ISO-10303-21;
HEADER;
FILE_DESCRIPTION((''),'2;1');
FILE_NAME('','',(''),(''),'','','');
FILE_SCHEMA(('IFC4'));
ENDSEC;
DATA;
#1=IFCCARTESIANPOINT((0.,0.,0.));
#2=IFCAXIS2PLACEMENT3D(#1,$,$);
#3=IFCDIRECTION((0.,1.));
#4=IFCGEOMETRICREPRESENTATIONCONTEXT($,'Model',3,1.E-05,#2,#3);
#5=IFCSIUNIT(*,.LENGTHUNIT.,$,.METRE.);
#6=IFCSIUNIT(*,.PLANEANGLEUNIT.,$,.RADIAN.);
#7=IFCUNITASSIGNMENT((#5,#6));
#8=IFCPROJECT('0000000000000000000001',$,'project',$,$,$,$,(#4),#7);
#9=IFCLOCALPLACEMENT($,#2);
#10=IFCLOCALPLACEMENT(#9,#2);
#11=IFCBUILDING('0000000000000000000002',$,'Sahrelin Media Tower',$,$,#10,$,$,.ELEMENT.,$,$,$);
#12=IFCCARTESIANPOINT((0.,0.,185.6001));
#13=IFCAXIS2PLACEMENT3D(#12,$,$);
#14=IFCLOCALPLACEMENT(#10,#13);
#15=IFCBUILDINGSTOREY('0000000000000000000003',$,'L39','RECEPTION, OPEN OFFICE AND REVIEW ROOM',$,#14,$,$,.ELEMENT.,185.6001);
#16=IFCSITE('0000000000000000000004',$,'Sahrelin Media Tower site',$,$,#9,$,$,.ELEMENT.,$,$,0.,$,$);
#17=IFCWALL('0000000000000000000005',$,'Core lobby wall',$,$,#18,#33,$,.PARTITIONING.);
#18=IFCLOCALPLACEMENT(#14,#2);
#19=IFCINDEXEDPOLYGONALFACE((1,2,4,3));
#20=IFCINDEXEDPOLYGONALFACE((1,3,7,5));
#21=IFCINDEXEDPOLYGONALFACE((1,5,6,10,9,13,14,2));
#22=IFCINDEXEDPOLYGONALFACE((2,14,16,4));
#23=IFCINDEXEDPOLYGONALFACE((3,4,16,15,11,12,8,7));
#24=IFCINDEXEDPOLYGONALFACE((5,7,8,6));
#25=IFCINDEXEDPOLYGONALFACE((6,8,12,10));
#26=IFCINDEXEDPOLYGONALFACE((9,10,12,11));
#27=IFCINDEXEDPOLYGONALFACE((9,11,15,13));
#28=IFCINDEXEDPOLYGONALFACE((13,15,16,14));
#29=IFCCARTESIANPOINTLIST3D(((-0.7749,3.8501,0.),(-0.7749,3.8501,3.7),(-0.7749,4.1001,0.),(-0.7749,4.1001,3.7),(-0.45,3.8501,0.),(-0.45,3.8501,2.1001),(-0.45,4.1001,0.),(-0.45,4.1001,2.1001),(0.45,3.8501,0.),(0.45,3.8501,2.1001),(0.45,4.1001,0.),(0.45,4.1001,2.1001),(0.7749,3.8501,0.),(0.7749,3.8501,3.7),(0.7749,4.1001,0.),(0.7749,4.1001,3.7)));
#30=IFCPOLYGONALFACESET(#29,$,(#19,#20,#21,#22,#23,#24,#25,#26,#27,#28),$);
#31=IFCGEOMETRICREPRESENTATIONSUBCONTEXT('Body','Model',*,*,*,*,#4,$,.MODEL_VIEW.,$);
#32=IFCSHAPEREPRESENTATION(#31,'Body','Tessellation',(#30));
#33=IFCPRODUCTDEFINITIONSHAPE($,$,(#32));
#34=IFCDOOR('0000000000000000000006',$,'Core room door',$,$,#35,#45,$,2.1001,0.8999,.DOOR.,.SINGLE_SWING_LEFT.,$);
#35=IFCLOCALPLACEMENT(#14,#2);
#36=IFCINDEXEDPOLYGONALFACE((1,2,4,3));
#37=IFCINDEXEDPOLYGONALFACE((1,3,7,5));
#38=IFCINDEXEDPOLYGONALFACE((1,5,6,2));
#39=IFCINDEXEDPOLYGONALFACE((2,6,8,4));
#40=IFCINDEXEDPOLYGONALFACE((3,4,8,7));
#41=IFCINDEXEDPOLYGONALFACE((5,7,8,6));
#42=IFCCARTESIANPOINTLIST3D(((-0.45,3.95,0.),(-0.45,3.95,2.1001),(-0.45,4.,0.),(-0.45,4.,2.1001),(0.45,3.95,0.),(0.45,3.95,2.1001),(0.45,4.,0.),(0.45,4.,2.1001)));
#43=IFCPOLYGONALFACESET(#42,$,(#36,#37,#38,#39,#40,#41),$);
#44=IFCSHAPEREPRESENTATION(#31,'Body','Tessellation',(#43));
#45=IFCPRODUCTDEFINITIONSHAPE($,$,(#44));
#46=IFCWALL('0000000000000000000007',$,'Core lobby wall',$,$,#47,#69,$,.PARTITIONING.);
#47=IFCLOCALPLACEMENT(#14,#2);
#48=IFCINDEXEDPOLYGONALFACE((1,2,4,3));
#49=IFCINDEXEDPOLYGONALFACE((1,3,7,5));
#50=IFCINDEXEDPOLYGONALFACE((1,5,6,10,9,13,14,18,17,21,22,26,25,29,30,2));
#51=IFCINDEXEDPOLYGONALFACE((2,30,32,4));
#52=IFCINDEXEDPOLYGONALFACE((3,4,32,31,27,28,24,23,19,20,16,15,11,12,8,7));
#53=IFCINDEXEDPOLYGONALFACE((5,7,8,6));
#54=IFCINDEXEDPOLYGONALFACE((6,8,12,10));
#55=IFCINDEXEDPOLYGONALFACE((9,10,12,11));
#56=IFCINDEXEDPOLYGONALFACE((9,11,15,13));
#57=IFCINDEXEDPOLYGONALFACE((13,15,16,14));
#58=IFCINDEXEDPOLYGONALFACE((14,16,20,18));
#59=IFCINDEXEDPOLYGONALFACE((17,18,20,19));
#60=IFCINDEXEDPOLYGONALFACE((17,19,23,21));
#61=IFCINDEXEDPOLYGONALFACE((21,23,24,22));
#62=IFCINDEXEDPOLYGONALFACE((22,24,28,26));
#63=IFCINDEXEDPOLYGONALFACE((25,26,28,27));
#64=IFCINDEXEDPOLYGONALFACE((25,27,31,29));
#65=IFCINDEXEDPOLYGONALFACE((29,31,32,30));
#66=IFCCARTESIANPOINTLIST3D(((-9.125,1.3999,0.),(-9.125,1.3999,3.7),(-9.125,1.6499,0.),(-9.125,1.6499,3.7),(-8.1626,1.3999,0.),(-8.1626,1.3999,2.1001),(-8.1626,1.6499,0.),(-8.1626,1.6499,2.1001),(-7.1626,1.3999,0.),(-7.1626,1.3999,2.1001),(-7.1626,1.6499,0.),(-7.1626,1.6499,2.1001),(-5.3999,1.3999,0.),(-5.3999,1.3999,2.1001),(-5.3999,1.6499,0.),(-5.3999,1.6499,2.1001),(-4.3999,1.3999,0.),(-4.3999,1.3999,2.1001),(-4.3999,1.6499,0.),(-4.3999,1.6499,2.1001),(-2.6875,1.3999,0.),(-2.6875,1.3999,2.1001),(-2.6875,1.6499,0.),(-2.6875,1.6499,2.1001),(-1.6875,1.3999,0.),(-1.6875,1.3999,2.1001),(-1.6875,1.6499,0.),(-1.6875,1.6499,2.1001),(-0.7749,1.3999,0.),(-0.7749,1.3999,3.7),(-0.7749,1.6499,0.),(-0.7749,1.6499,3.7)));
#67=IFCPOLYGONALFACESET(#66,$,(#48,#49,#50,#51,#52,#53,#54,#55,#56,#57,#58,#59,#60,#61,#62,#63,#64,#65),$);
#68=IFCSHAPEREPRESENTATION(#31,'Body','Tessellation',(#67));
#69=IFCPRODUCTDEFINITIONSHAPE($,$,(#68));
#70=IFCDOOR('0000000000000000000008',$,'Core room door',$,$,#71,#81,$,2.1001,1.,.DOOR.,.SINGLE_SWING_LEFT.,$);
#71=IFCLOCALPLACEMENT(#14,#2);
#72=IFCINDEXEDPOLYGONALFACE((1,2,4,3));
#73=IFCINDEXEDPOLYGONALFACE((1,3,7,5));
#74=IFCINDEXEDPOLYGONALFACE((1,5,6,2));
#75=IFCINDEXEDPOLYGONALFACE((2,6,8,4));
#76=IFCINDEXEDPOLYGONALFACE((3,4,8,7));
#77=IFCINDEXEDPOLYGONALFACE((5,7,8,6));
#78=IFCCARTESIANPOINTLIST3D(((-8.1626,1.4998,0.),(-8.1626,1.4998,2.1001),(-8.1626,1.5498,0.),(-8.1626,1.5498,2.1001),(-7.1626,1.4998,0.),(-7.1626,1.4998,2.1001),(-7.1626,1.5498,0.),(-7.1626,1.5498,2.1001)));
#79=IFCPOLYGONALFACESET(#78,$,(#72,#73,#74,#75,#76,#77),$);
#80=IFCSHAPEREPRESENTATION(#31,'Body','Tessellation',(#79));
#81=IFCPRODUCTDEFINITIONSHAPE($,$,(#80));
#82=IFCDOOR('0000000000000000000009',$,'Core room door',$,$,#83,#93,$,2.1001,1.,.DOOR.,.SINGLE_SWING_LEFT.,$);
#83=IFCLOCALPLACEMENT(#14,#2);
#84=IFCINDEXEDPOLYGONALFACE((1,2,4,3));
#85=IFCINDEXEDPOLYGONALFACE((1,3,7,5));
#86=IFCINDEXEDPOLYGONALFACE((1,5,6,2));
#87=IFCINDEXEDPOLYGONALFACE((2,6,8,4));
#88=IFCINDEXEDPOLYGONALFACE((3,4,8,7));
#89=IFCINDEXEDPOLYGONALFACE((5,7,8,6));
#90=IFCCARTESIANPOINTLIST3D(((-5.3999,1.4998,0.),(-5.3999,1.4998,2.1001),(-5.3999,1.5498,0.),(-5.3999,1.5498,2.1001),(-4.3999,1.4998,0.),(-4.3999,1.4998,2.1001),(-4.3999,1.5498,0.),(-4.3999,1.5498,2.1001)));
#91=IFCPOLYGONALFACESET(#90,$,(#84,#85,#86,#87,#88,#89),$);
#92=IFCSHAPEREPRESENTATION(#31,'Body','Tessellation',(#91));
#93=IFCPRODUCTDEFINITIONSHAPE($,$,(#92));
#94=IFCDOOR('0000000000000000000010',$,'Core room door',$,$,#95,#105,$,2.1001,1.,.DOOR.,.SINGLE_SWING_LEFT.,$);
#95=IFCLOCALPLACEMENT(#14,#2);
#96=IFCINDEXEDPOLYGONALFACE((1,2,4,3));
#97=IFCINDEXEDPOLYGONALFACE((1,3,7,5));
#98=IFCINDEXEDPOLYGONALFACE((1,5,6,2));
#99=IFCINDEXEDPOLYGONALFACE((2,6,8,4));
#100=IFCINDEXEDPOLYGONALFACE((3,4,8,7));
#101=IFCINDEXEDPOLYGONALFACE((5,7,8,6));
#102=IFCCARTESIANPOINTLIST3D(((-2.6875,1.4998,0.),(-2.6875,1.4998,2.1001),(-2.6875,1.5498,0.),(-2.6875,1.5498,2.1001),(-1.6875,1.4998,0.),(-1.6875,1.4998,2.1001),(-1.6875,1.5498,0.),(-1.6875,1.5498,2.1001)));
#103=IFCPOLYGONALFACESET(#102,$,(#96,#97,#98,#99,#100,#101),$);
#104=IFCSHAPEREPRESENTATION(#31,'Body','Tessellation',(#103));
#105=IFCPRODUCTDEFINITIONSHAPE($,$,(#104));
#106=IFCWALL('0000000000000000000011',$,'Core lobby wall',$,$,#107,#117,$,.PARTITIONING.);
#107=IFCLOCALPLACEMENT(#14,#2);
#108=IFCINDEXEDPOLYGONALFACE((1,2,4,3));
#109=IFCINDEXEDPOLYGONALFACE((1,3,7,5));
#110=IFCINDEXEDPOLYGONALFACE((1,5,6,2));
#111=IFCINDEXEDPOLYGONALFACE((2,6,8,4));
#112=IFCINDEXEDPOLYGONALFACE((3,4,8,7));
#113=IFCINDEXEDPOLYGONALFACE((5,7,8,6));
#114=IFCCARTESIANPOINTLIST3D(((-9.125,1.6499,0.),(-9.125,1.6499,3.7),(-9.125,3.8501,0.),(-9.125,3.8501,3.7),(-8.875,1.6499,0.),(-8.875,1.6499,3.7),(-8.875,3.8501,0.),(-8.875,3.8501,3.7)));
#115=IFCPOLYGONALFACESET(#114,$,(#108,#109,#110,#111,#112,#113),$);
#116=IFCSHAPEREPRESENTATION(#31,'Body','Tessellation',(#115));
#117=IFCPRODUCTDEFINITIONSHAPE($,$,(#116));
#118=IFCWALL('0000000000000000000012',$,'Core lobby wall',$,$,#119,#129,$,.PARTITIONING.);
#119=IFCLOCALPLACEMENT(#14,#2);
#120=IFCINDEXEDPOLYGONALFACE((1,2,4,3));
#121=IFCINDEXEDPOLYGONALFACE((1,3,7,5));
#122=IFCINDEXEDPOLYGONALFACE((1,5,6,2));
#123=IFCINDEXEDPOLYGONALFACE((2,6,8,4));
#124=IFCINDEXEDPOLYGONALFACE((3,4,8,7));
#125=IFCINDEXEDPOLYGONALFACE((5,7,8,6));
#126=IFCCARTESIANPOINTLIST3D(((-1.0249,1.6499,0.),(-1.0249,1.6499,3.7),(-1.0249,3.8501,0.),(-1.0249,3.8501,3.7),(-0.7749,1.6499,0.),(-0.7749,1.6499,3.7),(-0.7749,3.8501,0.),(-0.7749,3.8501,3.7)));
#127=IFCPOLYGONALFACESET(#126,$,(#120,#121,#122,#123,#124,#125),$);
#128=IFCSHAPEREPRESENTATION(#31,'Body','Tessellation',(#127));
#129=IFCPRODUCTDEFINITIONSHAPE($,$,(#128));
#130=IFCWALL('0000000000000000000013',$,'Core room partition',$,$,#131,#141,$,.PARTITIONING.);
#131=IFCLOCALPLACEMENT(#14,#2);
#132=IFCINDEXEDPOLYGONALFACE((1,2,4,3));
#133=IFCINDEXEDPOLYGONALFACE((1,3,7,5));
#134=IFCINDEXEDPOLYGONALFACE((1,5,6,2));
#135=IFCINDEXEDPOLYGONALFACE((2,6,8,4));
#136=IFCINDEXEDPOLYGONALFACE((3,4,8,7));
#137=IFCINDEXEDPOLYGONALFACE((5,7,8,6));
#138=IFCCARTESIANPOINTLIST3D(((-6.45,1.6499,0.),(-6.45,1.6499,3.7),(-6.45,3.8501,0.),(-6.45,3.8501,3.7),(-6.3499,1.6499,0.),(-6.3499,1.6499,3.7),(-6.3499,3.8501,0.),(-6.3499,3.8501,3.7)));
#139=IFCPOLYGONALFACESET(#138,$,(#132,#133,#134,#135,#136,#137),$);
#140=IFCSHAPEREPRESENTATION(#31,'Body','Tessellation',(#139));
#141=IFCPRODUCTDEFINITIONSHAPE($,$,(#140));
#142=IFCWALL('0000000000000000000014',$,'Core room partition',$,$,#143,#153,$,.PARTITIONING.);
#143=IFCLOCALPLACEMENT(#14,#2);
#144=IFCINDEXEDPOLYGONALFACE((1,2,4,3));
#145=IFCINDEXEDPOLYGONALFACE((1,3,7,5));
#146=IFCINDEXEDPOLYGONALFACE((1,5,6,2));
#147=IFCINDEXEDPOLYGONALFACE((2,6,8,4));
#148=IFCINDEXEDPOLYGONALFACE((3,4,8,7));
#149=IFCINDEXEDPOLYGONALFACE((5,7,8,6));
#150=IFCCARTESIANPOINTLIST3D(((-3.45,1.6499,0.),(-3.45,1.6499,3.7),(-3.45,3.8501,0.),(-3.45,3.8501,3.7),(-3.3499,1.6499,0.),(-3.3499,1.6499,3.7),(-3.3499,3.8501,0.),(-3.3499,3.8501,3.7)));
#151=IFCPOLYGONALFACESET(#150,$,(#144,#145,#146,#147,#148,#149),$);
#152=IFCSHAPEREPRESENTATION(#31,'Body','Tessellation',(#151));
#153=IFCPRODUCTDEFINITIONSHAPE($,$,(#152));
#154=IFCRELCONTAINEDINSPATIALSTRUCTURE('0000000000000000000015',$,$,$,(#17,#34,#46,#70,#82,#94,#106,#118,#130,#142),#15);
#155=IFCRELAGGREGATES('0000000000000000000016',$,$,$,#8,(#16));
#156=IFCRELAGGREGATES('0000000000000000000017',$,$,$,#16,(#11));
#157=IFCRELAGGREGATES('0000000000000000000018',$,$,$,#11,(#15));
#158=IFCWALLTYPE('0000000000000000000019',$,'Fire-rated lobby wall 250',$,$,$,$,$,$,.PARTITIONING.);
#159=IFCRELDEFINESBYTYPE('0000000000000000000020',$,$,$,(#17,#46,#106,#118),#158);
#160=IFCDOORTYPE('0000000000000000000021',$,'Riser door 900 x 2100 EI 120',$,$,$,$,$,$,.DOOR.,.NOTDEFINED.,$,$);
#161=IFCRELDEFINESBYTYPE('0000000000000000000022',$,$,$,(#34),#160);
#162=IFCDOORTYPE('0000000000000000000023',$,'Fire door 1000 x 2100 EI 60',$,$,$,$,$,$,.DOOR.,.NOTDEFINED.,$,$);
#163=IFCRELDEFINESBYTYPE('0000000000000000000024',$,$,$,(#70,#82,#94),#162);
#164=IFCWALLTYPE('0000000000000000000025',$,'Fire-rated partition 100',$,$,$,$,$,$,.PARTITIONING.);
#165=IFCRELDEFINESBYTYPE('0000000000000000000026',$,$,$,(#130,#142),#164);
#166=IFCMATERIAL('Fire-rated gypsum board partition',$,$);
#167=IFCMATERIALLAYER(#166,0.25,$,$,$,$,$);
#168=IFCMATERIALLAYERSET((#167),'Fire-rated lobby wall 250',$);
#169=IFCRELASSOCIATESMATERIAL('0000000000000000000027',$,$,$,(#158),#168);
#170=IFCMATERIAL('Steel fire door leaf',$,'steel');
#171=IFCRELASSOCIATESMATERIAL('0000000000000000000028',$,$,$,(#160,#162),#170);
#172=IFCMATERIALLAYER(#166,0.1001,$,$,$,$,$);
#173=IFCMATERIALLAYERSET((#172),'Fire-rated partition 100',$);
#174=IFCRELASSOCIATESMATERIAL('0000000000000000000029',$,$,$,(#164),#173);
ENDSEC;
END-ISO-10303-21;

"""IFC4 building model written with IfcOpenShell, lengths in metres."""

from ifc_helpers import new_model, si_unit, direction, frame, frame_2d, origin, place, context, subcontext, project, spatial, rectangle, extrude, material, layer, layer_set, type_object, element, fill, save


model = new_model("IFC4")

# Units and contexts
model_context = context("Model", 3, precision=1e-05, world=origin(), true_north=direction((0.0, 1.0)))
body_context = subcontext(model_context, "Body", "Model", "MODEL_VIEW")
ifc_project = project(units=[si_unit("LENGTHUNIT", "METRE"), si_unit("PLANEANGLEUNIT", "RADIAN")], contexts=[model_context])

# Site, building, storey
site_placement = place(None, origin())
site = spatial("IfcSite", under=ifc_project, at=site_placement, Name="Sahrelin Media Tower site", CompositionType="ELEMENT", RefElevation=0.0)
building_placement = place(site_placement, origin())
building = spatial("IfcBuilding", under=site, at=building_placement, Name="Sahrelin Media Tower", CompositionType="ELEMENT")
storey_placement = place(building_placement, frame((0.0, 0.0, 185.6001)))
storey = spatial("IfcBuildingStorey", under=building, at=storey_placement, Name="L39", Description="RECEPTION, OPEN OFFICE AND REVIEW ROOM", CompositionType="ELEMENT", Elevation=185.6001)

# Wall, opening, door
ifc_material_1 = material(Name="Fire-rated gypsum board partition")
ifc_layer_1 = layer(ifc_material_1, 0.25)
ifc_layer_set_1 = layer_set([ifc_layer_1], Name="Fire-rated lobby wall 250")
wall_type_1 = type_object("IfcWallType", Name="Fire-rated lobby wall 250", PredefinedType="PARTITIONING", material=ifc_layer_set_1)
wall_1_placement = place(storey_placement, frame((-0.7749, 3.9751, 0.0), z_axis=(0.0, 0.0, 1.0), x_axis=(1.0, 0.0, 0.0)))
wall_1 = element("IfcWall", 1, at=wall_1_placement, inside=storey, type_object=wall_type_1, Name="Core lobby wall", PredefinedType="PARTITIONING", context=body_context, shape_type="SweptSolid", body=[
    extrude(rectangle(XDim=1.5498, YDim=0.25, at=frame_2d((0.7749, 0.0))), origin(), (0.0, 0.0, 1.0), 3.7),
])
opening_1_placement = place(wall_1_placement, frame((0.325, 0.0, 0.0)))
opening_1 = element("IfcOpeningElement", 2, at=opening_1_placement, cuts=wall_1, PredefinedType="OPENING", context=body_context, shape_type="SweptSolid", body=[
    extrude(rectangle(XDim=0.8999, YDim=2.1001, at=frame_2d((0.45, 1.05))), frame((0.0, 0.125, 0.0), z_axis=(0.0, -1.0, 0.0), x_axis=(1.0, 0.0, 0.0)), (0.0, 0.0, 1.0), 0.25),
])
ifc_material_2 = material(Name="Steel fire door leaf", Category="steel")
door_type_1 = type_object("IfcDoorType", Name="Riser door 900 x 2100 EI 120", OperationType="NOTDEFINED", PredefinedType="DOOR", material=ifc_material_2)
door_1_placement = place(opening_1_placement, origin())
door_1 = element("IfcDoor", 3, at=door_1_placement, inside=storey, type_object=door_type_1, Name="Core room door", OperationType="SINGLE_SWING_LEFT", OverallHeight=2.1001, OverallWidth=0.8999, PredefinedType="DOOR", context=body_context, shape_type="SweptSolid", body=[
    extrude(rectangle(XDim=0.8999, YDim=2.1001, at=frame_2d((0.45, 1.05))), frame((0.0, 0.0249, 0.0), z_axis=(0.0, -1.0, 0.0), x_axis=(1.0, 0.0, 0.0)), (0.0, 0.0, 1.0), 0.05),
])
fill(opening_1, door_1)

# Wall, openings, doors
wall_2_placement = place(storey_placement, frame((-9.125, 1.5249, 0.0), z_axis=(0.0, 0.0, 1.0), x_axis=(1.0, 0.0, 0.0)))
wall_2 = element("IfcWall", 4, at=wall_2_placement, inside=storey, type_object=wall_type_1, Name="Core lobby wall", PredefinedType="PARTITIONING", context=body_context, shape_type="SweptSolid", body=[
    extrude(rectangle(XDim=8.3501, YDim=0.25, at=frame_2d((4.175, 0.0))), origin(), (0.0, 0.0, 1.0), 3.7),
])
opening_2_placement = place(wall_2_placement, frame((0.9624, 0.0, 0.0)))
opening_2 = element("IfcOpeningElement", 5, at=opening_2_placement, cuts=wall_2, PredefinedType="OPENING", context=body_context, shape_type="SweptSolid", body=[
    extrude(rectangle(XDim=1.0, YDim=2.1001, at=frame_2d((0.5, 1.05))), frame((0.0, 0.125, 0.0), z_axis=(0.0, -1.0, 0.0), x_axis=(1.0, 0.0, 0.0)), (0.0, 0.0, 1.0), 0.25),
])
opening_3_placement = place(wall_2_placement, frame((3.7251, 0.0, 0.0)))
opening_3 = element("IfcOpeningElement", 6, at=opening_3_placement, cuts=wall_2, PredefinedType="OPENING", context=body_context, shape_type="SweptSolid", body=[
    extrude(rectangle(XDim=1.0, YDim=2.1001, at=frame_2d((0.5, 1.05))), frame((0.0, 0.125, 0.0), z_axis=(0.0, -1.0, 0.0), x_axis=(1.0, 0.0, 0.0)), (0.0, 0.0, 1.0), 0.25),
])
opening_4_placement = place(wall_2_placement, frame((6.4375, 0.0, 0.0)))
opening_4 = element("IfcOpeningElement", 7, at=opening_4_placement, cuts=wall_2, PredefinedType="OPENING", context=body_context, shape_type="SweptSolid", body=[
    extrude(rectangle(XDim=1.0, YDim=2.1001, at=frame_2d((0.5, 1.05))), frame((0.0, 0.125, 0.0), z_axis=(0.0, -1.0, 0.0), x_axis=(1.0, 0.0, 0.0)), (0.0, 0.0, 1.0), 0.25),
])
door_type_2 = type_object("IfcDoorType", Name="Fire door 1000 x 2100 EI 60", OperationType="NOTDEFINED", PredefinedType="DOOR", material=ifc_material_2)
door_2_placement = place(opening_2_placement, origin())
door_2 = element("IfcDoor", 8, at=door_2_placement, inside=storey, type_object=door_type_2, Name="Core room door", OperationType="SINGLE_SWING_LEFT", OverallHeight=2.1001, OverallWidth=1.0, PredefinedType="DOOR", context=body_context, shape_type="SweptSolid", body=[
    extrude(rectangle(XDim=1.0, YDim=2.1001, at=frame_2d((0.5, 1.05))), frame((0.0, 0.0249, 0.0), z_axis=(0.0, -1.0, 0.0), x_axis=(1.0, 0.0, 0.0)), (0.0, 0.0, 1.0), 0.05),
])
fill(opening_2, door_2)
door_3_placement = place(opening_3_placement, origin())
door_3 = element("IfcDoor", 9, at=door_3_placement, inside=storey, type_object=door_type_2, Name="Core room door", OperationType="SINGLE_SWING_LEFT", OverallHeight=2.1001, OverallWidth=1.0, PredefinedType="DOOR", context=body_context, shape_type="SweptSolid", body=[
    extrude(rectangle(XDim=1.0, YDim=2.1001, at=frame_2d((0.5, 1.05))), frame((0.0, 0.0249, 0.0), z_axis=(0.0, -1.0, 0.0), x_axis=(1.0, 0.0, 0.0)), (0.0, 0.0, 1.0), 0.05),
])
fill(opening_3, door_3)
door_4_placement = place(opening_4_placement, origin())
door_4 = element("IfcDoor", 10, at=door_4_placement, inside=storey, type_object=door_type_2, Name="Core room door", OperationType="SINGLE_SWING_LEFT", OverallHeight=2.1001, OverallWidth=1.0, PredefinedType="DOOR", context=body_context, shape_type="SweptSolid", body=[
    extrude(rectangle(XDim=1.0, YDim=2.1001, at=frame_2d((0.5, 1.05))), frame((0.0, 0.0249, 0.0), z_axis=(0.0, -1.0, 0.0), x_axis=(1.0, 0.0, 0.0)), (0.0, 0.0, 1.0), 0.05),
])
fill(opening_4, door_4)

# Walls
for number, where, z_axis, x_axis, name in (
    (11, (-9.0, 1.6499, 0.0), (0.0, 0.0, 1.0), (0.0, 1.0, 0.0), "Core lobby wall"),
    (12, (-0.8999, 1.6499, 0.0), (0.0, 0.0, 1.0), (0.0, 1.0, 0.0), "Core lobby wall"),
):
    element("IfcWall", number, at=place(storey_placement, frame(where, z_axis=z_axis, x_axis=x_axis)), inside=storey, type_object=wall_type_1, Name=name, PredefinedType="PARTITIONING", context=body_context, shape_type="SweptSolid", body=[
        extrude(rectangle(XDim=2.2002, YDim=0.25, at=frame_2d((1.1001, 0.0))), origin(), (0.0, 0.0, 1.0), 3.7),
    ])
ifc_layer_2 = layer(ifc_material_1, 0.1001)
ifc_layer_set_2 = layer_set([ifc_layer_2], Name="Fire-rated partition 100")
wall_type_2 = type_object("IfcWallType", Name="Fire-rated partition 100", PredefinedType="PARTITIONING", material=ifc_layer_set_2)
for number, where, z_axis, x_axis, name in (
    (13, (-6.3999, 1.6499, 0.0), (0.0, 0.0, 1.0), (0.0, 1.0, 0.0), "Core room partition"),
    (14, (-3.3999, 1.6499, 0.0), (0.0, 0.0, 1.0), (0.0, 1.0, 0.0), "Core room partition"),
):
    element("IfcWall", number, at=place(storey_placement, frame(where, z_axis=z_axis, x_axis=x_axis)), inside=storey, type_object=wall_type_2, Name=name, PredefinedType="PARTITIONING", context=body_context, shape_type="SweptSolid", body=[
        extrude(rectangle(XDim=2.2002, YDim=0.1001, at=frame_2d((1.1001, 0.0))), origin(), (0.0, 0.0, 1.0), 3.7),
    ])

save(model, "model.ifc")
